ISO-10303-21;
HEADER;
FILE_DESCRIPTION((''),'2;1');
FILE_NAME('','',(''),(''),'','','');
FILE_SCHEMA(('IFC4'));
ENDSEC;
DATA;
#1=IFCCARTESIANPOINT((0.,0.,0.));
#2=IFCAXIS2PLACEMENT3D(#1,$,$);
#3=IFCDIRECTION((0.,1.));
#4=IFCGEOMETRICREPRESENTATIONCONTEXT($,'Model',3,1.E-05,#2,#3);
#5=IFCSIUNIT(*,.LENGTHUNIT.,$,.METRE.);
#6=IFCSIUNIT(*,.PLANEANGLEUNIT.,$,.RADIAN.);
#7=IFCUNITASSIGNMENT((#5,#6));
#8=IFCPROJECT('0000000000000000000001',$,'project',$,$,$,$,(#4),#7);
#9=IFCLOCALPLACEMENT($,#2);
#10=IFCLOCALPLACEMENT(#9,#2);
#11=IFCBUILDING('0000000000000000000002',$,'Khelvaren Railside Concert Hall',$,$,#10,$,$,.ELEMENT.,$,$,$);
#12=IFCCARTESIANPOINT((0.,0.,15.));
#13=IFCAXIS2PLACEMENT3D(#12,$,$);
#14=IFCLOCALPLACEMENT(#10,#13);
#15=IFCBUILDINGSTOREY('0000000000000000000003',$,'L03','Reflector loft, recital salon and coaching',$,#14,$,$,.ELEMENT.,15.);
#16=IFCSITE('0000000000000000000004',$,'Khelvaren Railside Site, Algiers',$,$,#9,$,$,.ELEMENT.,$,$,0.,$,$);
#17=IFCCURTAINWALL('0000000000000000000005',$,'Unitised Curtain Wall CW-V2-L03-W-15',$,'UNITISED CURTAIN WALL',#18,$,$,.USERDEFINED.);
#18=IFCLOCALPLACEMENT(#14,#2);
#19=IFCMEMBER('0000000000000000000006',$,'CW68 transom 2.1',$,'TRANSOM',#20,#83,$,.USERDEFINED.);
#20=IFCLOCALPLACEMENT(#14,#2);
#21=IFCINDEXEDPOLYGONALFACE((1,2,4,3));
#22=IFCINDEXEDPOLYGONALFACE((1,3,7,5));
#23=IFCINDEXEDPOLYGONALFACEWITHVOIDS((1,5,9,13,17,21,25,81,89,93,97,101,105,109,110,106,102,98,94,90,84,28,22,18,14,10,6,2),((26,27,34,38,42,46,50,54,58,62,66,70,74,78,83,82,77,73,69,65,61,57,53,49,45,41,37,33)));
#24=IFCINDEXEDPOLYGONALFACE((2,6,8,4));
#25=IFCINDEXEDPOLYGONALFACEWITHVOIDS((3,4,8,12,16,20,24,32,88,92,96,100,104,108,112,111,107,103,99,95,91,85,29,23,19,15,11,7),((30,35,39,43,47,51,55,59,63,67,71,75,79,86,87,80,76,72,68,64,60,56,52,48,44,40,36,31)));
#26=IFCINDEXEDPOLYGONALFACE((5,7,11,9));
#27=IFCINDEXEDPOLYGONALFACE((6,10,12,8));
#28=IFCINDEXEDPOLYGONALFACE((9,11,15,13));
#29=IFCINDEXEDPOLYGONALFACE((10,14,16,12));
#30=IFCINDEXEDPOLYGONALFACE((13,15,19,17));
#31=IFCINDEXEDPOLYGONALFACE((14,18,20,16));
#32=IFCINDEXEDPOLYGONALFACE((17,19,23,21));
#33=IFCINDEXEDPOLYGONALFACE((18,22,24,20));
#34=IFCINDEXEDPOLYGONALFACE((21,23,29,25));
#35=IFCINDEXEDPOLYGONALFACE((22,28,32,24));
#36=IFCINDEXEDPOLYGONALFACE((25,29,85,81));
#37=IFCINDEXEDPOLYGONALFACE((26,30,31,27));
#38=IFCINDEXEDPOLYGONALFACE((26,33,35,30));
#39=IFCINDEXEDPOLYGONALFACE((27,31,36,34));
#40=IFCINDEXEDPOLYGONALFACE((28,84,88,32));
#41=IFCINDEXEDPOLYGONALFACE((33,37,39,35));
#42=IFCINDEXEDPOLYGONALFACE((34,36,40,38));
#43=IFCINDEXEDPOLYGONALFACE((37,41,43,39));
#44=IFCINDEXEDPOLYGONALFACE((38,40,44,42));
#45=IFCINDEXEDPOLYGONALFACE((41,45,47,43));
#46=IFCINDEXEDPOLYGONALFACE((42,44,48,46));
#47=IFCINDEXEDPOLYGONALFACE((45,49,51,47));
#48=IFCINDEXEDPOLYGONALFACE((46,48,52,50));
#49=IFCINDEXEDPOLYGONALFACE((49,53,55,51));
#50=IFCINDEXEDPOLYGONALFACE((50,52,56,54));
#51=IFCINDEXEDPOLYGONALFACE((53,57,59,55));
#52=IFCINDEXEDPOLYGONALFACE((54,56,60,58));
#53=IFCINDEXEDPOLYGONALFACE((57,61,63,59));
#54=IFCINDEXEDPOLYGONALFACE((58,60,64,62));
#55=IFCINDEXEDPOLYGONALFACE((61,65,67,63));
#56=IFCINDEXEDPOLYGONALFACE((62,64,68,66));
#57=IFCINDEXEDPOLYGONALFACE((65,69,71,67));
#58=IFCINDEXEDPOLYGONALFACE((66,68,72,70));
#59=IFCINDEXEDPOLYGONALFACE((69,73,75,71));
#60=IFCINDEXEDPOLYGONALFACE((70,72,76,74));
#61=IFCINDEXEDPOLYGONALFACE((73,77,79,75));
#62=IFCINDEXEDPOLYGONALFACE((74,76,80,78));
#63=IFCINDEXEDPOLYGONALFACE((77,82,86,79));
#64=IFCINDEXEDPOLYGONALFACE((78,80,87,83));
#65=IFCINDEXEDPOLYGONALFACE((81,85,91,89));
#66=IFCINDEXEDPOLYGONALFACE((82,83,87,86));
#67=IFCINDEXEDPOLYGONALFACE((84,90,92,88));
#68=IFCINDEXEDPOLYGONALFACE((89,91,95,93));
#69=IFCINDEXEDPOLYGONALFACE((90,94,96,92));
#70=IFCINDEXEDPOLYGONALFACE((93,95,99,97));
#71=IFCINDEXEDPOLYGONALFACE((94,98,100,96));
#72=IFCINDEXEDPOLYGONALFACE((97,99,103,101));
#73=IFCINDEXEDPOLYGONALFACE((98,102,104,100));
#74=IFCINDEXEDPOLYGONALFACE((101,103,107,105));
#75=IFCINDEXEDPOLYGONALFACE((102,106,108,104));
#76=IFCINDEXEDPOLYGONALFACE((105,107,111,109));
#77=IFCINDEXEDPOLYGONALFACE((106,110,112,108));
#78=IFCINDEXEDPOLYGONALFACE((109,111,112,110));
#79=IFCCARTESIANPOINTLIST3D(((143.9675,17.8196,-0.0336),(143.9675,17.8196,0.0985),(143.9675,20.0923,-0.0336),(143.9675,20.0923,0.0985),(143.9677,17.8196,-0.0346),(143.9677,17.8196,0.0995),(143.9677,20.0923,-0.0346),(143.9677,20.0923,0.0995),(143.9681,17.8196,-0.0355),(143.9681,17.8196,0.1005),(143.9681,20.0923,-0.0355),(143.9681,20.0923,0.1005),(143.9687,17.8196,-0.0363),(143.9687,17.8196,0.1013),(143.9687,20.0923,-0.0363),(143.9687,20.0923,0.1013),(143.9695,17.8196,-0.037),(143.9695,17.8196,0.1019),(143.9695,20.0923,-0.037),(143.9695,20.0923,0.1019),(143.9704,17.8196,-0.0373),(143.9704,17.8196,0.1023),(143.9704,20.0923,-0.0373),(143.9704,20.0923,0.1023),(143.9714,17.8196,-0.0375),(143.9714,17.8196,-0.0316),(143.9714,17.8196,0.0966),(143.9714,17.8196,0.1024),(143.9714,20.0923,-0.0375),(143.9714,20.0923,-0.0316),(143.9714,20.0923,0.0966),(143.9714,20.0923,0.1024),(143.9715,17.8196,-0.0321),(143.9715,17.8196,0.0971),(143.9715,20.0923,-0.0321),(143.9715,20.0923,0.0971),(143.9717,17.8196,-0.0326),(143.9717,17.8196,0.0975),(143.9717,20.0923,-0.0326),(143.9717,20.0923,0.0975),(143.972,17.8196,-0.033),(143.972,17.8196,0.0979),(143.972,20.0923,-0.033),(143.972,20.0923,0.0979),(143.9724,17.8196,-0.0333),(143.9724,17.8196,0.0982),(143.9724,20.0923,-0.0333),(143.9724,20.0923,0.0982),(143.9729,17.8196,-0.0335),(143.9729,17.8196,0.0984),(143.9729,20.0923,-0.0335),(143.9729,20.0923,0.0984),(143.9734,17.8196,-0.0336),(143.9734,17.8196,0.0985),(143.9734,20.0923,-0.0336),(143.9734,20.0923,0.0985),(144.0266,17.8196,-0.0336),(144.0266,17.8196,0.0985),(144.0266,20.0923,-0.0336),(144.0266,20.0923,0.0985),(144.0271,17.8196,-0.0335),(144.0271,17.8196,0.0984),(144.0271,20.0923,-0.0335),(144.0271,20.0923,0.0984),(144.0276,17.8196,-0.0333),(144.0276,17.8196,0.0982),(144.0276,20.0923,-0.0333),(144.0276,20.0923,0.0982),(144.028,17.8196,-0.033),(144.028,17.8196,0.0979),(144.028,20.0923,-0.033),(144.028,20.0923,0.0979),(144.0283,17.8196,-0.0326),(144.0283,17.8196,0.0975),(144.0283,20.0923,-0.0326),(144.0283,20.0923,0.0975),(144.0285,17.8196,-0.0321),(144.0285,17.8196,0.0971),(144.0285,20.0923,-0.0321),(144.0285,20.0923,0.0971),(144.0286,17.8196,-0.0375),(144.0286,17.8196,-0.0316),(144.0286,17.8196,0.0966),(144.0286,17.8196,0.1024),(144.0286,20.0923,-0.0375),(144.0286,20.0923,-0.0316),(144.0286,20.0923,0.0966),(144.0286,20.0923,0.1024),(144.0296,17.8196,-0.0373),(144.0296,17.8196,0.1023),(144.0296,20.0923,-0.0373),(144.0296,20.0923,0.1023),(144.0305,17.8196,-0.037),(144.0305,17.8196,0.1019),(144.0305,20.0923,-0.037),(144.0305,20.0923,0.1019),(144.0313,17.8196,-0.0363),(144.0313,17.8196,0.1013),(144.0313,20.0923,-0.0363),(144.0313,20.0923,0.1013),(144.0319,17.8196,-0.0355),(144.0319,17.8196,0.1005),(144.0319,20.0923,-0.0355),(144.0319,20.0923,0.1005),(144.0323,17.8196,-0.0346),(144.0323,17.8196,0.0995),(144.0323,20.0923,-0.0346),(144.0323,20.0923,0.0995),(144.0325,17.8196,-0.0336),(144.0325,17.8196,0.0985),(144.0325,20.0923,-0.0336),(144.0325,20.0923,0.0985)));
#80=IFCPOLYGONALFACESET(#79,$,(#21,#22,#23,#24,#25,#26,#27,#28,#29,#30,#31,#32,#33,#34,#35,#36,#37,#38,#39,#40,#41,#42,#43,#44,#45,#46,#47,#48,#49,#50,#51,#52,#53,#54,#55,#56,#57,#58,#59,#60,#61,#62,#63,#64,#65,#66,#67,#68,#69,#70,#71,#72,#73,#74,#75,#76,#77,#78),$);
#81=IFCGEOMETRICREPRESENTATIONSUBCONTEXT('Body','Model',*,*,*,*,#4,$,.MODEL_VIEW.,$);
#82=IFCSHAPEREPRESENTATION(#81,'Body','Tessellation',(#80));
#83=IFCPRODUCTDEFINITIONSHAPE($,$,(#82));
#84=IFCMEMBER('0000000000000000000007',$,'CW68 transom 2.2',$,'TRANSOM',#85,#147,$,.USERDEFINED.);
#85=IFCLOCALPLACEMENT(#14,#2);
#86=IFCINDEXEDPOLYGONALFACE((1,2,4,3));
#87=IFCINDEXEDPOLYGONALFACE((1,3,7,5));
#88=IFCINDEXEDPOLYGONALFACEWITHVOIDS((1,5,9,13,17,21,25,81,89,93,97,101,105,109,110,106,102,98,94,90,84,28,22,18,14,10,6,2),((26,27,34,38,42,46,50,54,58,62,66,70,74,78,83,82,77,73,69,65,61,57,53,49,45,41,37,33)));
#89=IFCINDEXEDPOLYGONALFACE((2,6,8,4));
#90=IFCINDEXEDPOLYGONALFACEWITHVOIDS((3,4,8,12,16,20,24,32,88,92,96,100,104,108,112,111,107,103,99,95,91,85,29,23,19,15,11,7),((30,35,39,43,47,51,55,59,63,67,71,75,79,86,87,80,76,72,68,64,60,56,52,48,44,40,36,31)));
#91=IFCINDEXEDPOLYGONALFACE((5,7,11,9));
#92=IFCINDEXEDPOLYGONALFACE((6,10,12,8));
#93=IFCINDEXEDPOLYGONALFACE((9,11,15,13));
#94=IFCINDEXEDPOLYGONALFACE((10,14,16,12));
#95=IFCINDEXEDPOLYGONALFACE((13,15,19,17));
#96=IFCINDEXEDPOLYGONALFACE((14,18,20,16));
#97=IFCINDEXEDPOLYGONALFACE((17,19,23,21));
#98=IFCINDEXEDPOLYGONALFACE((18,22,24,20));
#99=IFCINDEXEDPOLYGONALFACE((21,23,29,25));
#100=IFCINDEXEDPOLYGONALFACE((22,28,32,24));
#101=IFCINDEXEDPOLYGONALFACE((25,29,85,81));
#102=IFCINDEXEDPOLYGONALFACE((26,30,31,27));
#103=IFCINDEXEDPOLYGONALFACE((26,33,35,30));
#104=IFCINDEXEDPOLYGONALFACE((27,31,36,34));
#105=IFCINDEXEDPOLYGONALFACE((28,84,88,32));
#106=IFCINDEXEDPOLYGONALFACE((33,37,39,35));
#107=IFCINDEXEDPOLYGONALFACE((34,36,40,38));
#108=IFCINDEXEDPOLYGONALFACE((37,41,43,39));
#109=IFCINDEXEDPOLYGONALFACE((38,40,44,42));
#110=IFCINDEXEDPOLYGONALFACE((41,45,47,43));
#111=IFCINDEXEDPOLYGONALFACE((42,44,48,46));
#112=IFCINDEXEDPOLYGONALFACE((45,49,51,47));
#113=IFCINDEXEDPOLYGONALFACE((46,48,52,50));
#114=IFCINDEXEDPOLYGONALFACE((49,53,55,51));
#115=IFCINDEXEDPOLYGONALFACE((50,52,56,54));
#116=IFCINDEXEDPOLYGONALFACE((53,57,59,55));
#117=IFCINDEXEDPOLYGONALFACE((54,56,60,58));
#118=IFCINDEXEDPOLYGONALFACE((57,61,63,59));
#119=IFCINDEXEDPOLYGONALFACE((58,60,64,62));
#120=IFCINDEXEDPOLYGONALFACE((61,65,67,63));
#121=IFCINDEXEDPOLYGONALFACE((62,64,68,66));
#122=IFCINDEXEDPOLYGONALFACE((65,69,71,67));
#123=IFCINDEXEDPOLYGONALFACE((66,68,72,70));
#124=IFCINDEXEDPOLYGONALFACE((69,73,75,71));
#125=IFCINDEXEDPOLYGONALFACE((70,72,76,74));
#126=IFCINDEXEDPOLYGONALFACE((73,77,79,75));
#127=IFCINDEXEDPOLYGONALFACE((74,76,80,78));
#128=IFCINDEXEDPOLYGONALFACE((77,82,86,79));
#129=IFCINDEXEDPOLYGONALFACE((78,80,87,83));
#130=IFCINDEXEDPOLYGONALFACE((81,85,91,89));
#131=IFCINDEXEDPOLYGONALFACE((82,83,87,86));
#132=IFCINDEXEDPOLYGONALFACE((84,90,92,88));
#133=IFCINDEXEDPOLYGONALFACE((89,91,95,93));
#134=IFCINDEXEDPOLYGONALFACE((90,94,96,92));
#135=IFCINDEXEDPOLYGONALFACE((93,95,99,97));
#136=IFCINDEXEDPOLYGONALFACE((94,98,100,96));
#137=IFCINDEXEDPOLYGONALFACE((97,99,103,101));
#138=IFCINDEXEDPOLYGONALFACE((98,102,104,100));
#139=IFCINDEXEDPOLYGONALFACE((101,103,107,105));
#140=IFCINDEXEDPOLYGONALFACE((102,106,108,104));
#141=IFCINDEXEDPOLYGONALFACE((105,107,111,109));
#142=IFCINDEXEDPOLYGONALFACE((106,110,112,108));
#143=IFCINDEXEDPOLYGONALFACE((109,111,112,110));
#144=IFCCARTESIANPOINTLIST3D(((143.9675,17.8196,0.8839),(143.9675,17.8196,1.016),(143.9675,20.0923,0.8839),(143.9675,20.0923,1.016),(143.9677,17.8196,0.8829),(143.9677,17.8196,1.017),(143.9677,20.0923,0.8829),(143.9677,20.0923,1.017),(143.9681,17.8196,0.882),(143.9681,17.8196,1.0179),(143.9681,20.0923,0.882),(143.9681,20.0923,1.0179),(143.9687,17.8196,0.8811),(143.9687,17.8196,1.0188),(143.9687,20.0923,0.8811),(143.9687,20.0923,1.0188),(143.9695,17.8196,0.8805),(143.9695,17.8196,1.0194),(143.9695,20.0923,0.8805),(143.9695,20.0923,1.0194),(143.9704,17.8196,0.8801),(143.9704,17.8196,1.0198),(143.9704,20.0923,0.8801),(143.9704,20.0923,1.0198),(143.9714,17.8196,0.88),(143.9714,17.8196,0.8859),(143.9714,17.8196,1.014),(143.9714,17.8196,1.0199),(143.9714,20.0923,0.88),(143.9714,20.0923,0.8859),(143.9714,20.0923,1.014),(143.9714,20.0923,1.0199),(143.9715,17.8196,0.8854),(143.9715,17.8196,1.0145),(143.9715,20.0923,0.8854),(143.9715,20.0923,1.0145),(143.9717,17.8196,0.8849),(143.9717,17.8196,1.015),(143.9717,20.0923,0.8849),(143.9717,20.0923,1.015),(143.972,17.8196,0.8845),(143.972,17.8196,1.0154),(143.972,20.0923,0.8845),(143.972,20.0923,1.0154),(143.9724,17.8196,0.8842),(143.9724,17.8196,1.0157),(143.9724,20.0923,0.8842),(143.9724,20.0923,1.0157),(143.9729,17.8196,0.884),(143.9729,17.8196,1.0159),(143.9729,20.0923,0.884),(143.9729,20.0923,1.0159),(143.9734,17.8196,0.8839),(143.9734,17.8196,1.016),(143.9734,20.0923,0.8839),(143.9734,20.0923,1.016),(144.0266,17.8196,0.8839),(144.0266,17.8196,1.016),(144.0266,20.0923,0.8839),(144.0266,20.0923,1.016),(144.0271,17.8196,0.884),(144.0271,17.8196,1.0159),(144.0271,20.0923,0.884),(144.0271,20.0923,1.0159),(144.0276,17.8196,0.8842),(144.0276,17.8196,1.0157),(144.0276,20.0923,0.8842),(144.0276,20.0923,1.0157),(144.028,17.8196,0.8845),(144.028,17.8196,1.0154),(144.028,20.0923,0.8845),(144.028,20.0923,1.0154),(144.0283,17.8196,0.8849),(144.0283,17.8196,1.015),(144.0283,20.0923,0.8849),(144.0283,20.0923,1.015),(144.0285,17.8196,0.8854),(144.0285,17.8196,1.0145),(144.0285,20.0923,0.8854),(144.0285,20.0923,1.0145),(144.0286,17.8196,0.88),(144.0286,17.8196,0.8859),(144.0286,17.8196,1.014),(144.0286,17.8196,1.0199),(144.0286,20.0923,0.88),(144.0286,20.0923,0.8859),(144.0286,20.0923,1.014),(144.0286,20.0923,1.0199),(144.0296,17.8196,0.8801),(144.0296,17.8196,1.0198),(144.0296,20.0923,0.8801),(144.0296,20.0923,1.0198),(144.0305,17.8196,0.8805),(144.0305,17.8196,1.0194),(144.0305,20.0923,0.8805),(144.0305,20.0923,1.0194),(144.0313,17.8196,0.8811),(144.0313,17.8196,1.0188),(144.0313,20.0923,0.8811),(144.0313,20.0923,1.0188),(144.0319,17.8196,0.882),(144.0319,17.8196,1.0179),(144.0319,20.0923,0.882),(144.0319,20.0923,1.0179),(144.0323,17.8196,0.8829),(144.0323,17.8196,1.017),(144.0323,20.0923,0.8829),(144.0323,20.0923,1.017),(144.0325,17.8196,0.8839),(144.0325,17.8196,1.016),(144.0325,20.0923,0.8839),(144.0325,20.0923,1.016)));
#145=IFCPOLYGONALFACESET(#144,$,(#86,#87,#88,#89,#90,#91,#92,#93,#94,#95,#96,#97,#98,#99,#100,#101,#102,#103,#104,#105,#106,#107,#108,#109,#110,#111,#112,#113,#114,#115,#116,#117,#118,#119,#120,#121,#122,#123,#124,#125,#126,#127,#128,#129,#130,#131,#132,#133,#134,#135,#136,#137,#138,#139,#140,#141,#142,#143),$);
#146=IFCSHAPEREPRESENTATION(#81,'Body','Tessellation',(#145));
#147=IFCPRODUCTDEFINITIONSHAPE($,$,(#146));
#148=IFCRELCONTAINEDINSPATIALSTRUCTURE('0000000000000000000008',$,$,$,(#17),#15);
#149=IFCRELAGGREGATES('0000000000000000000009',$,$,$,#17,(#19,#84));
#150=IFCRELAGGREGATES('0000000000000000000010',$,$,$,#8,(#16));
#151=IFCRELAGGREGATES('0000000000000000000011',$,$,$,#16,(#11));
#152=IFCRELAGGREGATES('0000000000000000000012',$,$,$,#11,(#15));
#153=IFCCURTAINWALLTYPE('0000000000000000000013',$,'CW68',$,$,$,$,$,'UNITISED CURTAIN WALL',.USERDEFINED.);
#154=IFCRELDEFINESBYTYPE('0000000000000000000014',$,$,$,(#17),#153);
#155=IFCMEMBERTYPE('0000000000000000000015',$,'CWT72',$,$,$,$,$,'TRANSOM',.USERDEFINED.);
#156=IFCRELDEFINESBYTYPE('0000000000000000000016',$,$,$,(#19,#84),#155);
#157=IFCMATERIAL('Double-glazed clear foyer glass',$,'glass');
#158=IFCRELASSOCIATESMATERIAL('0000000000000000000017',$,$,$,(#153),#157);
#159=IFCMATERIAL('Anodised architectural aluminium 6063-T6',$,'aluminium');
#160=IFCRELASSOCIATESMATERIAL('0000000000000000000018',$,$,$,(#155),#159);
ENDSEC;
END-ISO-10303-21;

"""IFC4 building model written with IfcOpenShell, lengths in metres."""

from ifc_helpers import new_model, si_unit, direction, frame, origin, origin_2d, place, context, subcontext, project, spatial, hollow_rectangle, extrude, material, material_profile, profile_set, type_object, element, aggregate, save


model = new_model("IFC4")

# Units and contexts
model_context = context("Model", 3, precision=1e-05, world=origin(), true_north=direction((0.0, 1.0)))
body_context = subcontext(model_context, "Body", "Model", "MODEL_VIEW")
ifc_project = project(units=[si_unit("LENGTHUNIT", "METRE"), si_unit("PLANEANGLEUNIT", "RADIAN")], contexts=[model_context])

# Site, building, storey
site_placement = place(None, origin())
site = spatial("IfcSite", under=ifc_project, at=site_placement, Name="Khelvaren Railside Site, Algiers", CompositionType="ELEMENT", RefElevation=0.0)
building_placement = place(site_placement, origin())
building = spatial("IfcBuilding", under=site, at=building_placement, Name="Khelvaren Railside Concert Hall", CompositionType="ELEMENT")
storey_placement = place(building_placement, frame((0.0, 0.0, 15.0)))
storey = spatial("IfcBuildingStorey", under=building, at=storey_placement, Name="L03", Description="Reflector loft, recital salon and coaching", CompositionType="ELEMENT", Elevation=15.0)

# Curtain wall
ifc_material_1 = material(Name="Double-glazed clear foyer glass", Category="glass")
curtain_wall_type_1 = type_object("IfcCurtainWallType", Name="CW68", ElementType="UNITISED CURTAIN WALL", PredefinedType="USERDEFINED", material=ifc_material_1)
curtain_wall_1_placement = place(storey_placement, origin())
curtain_wall_1 = element("IfcCurtainWall", 1, at=curtain_wall_1_placement, inside=storey, type_object=curtain_wall_type_1, Name="Unitised Curtain Wall CW-V2-L03-W-15", ObjectType="UNITISED CURTAIN WALL", PredefinedType="USERDEFINED")
ifc_material_2 = material(Name="Anodised architectural aluminium 6063-T6", Category="aluminium")

# Members
ifc_material_profile_1 = material_profile(ifc_material_2, hollow_rectangle(XDim=0.0649, YDim=0.1399, WallThickness=0.0039, InnerFilletRadius=0.002, OuterFilletRadius=0.0039, at=origin_2d()), Name="CWT 65x140x4")
ifc_profile_set_1 = profile_set([ifc_material_profile_1], Name="Anodised architectural aluminium 6063-T6")
member_type_1 = type_object("IfcMemberType", Name="CWT72", ElementType="TRANSOM", PredefinedType="USERDEFINED", material=ifc_profile_set_1)
member_1_placement = place(storey_placement, frame((144.0, 17.8196, 0.0325), z_axis=(0.0, 1.0, 0.0), x_axis=(-1.0, 0.0, 0.0)))
member_1 = element("IfcMember", 2, at=member_1_placement, type_object=member_type_1, Name="CW68 transom 2.1", ObjectType="TRANSOM", PredefinedType="USERDEFINED", context=body_context, shape_type="SweptSolid", body=[
    extrude(hollow_rectangle(XDim=0.0649, YDim=0.1399, WallThickness=0.0039, InnerFilletRadius=0.002, OuterFilletRadius=0.0039, at=origin_2d()), origin(), (0.0, 0.0, 1.0), 2.2727),
])
member_2_placement = place(storey_placement, frame((144.0, 17.8196, 0.95), z_axis=(0.0, 1.0, 0.0), x_axis=(-1.0, 0.0, 0.0)))
member_2 = element("IfcMember", 3, at=member_2_placement, type_object=member_type_1, Name="CW68 transom 2.2", ObjectType="TRANSOM", PredefinedType="USERDEFINED", context=body_context, shape_type="SweptSolid", body=[
    extrude(hollow_rectangle(XDim=0.0649, YDim=0.1399, WallThickness=0.0039, InnerFilletRadius=0.002, OuterFilletRadius=0.0039, at=origin_2d()), origin(), (0.0, 0.0, 1.0), 2.2727),
])

aggregate(curtain_wall_1, [member_1, member_2])

save(model, "model.ifc")
